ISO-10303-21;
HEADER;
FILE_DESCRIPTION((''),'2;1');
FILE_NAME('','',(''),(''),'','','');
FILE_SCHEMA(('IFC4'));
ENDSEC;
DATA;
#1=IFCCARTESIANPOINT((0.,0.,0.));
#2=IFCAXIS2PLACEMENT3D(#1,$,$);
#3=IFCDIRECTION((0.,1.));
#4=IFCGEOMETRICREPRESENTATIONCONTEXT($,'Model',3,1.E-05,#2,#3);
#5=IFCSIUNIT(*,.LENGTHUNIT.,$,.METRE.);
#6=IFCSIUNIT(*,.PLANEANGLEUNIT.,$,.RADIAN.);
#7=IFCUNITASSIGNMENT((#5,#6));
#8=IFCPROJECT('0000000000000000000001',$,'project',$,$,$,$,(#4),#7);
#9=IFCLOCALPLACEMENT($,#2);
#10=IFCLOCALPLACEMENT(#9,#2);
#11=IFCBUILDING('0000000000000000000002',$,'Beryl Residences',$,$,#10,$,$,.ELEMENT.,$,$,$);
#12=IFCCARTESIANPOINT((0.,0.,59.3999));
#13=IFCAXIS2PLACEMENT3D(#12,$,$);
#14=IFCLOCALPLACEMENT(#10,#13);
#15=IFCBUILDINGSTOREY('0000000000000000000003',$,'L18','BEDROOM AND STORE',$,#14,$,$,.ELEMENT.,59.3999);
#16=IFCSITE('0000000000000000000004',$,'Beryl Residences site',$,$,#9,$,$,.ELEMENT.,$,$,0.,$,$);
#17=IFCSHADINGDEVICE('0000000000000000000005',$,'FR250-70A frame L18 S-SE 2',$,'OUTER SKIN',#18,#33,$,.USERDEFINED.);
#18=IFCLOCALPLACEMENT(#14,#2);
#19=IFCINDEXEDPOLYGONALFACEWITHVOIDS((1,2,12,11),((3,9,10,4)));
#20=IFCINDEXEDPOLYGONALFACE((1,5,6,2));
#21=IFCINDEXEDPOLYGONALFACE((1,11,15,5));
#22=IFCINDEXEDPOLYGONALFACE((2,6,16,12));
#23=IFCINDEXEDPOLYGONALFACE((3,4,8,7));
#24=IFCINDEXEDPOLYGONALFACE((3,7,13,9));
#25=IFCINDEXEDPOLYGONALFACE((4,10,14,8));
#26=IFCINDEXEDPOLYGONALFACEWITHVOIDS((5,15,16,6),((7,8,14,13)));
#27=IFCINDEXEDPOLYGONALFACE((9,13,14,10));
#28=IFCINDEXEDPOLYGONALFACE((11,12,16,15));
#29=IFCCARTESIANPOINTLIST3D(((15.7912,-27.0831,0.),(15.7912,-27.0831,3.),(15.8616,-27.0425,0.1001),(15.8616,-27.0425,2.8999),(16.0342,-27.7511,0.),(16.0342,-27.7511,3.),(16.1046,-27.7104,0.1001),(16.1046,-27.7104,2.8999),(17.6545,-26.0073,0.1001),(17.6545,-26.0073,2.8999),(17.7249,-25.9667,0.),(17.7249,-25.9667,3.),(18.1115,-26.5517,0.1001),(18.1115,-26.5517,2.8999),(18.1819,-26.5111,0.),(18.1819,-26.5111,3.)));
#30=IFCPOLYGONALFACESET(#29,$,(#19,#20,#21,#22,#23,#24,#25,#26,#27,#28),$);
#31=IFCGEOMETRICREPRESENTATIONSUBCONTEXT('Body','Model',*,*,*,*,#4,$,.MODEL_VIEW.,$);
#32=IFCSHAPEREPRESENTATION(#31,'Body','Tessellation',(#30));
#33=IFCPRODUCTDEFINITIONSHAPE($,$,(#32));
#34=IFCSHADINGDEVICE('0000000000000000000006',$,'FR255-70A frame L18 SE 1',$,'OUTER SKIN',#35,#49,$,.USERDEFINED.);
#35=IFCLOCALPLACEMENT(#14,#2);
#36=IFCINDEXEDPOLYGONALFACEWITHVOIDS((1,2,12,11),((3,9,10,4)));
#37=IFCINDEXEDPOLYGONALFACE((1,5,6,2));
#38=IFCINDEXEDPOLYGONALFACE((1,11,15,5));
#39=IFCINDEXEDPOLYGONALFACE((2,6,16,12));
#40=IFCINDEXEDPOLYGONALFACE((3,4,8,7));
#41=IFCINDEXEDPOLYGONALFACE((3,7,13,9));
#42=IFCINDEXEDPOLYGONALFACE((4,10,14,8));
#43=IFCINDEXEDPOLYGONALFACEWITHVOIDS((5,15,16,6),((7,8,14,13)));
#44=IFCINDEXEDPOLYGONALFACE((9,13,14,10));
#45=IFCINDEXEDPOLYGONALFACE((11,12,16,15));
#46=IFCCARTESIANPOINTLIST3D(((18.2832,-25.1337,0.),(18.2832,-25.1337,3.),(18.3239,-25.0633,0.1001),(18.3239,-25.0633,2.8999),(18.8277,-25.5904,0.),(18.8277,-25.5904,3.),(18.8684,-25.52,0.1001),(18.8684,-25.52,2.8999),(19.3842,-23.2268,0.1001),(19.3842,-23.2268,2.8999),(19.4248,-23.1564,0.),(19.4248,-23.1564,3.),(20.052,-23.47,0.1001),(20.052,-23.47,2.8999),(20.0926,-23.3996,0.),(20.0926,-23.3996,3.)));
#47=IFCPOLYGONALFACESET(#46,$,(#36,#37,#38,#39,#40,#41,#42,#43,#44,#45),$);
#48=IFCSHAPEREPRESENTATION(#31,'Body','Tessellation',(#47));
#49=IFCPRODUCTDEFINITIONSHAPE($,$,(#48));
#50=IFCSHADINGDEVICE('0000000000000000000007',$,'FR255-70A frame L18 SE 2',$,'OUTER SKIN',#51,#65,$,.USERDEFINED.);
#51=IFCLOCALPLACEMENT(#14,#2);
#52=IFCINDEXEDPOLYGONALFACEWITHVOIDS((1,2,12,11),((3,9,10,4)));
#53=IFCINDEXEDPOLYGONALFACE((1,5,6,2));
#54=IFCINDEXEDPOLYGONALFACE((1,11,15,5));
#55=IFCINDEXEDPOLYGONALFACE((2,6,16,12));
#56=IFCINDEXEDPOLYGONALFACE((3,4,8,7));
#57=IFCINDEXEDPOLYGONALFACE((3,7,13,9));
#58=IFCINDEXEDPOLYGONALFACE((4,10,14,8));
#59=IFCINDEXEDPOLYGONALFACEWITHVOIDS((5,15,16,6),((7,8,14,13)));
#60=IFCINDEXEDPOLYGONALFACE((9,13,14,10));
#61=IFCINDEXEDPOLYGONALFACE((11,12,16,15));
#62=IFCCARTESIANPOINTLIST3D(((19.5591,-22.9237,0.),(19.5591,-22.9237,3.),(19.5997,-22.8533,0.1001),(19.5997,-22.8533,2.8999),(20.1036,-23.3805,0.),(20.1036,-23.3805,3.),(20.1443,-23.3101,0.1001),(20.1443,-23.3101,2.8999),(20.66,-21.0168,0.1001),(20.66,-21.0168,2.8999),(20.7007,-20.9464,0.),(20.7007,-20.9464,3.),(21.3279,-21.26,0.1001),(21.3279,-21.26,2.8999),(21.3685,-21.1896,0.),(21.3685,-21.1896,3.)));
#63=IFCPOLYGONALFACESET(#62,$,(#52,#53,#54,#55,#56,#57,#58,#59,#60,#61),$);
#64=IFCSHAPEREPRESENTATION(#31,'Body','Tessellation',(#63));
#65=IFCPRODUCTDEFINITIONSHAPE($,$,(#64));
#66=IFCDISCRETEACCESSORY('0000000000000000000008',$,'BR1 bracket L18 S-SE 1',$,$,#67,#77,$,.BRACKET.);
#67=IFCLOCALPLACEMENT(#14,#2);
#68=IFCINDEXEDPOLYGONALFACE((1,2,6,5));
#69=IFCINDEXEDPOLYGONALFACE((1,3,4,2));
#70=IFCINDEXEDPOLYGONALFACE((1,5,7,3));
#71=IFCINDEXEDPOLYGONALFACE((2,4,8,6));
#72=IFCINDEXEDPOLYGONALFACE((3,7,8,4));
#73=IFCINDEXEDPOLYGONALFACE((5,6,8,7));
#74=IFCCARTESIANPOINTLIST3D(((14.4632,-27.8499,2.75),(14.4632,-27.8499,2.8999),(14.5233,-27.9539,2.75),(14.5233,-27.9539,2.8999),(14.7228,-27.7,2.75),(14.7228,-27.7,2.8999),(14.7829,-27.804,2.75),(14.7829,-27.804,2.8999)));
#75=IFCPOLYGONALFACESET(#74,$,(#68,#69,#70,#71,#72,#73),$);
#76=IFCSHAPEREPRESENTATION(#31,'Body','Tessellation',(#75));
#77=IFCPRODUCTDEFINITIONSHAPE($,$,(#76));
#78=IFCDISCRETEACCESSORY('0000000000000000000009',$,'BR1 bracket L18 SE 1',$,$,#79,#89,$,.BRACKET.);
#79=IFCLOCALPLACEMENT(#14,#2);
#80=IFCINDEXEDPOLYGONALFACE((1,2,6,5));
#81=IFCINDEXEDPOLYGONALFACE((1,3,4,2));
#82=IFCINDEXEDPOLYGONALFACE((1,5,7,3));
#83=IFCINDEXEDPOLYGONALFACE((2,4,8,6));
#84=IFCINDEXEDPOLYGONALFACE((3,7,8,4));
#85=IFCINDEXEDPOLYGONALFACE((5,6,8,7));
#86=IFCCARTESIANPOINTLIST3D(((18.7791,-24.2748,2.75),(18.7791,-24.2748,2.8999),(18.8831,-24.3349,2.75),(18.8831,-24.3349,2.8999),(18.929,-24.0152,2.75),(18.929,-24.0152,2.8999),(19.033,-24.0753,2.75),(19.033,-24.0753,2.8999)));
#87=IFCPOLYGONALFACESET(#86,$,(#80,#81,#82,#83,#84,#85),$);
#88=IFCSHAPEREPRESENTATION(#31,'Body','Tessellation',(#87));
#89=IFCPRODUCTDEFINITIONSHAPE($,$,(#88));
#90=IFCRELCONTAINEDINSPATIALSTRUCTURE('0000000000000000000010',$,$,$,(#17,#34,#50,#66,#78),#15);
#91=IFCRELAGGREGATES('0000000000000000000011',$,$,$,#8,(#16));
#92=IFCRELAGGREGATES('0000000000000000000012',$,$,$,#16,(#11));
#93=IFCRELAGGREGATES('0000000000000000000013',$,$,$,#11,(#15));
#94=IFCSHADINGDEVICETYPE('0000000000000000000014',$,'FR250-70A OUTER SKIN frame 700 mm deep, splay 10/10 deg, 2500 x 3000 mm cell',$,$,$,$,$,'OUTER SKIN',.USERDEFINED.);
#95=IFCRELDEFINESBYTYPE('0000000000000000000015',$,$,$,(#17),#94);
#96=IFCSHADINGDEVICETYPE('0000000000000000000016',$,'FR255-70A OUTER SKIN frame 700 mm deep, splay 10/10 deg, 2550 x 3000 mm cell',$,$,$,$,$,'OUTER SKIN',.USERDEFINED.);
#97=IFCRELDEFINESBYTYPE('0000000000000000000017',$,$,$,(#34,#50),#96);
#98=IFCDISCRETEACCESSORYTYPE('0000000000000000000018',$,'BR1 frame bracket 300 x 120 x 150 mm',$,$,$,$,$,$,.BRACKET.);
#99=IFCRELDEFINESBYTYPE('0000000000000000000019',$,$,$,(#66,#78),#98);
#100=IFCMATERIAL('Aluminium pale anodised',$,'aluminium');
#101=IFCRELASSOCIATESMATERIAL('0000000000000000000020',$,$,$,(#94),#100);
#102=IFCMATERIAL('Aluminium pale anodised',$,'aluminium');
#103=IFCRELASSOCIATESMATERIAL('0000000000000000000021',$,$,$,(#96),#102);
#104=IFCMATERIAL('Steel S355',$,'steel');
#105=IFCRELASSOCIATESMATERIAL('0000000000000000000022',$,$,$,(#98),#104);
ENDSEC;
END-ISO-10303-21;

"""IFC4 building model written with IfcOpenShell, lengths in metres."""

from ifc_helpers import new_model, entity, si_unit, direction, frame, origin, place, context, subcontext, project, spatial, polyline, outline, extrude, source, transform, mapped, material, type_object, type_shapes, element, save


model = new_model("IFC4")

# Units and contexts
model_context = context("Model", 3, precision=1e-05, world=origin(), true_north=direction((0.0, 1.0)))
body_context = subcontext(model_context, "Body", "Model", "MODEL_VIEW")
ifc_project = project(units=[si_unit("LENGTHUNIT", "METRE"), si_unit("PLANEANGLEUNIT", "RADIAN")], contexts=[model_context])

# Site, building, storey
site_placement = place(None, origin())
site = spatial("IfcSite", under=ifc_project, at=site_placement, Name="Beryl Residences site", CompositionType="ELEMENT", RefElevation=0.0)
building_placement = place(site_placement, origin())
building = spatial("IfcBuilding", under=site, at=building_placement, Name="Beryl Residences", CompositionType="ELEMENT")
storey_placement = place(building_placement, frame((0.0, 0.0, 59.3999)))
storey = spatial("IfcBuildingStorey", under=building, at=storey_placement, Name="L18", Description="BEDROOM AND STORE", CompositionType="ELEMENT", Elevation=59.3999)

# Shading devices
ifc_material_1 = material(Name="Aluminium pale anodised", Category="aluminium")
shading_device_type_1 = type_object("IfcShadingDeviceType", Name="FR250-70A OUTER SKIN frame 700 mm deep, splay 10/10 deg, 2500 x 3000 mm cell", ElementType="OUTER SKIN", PredefinedType="USERDEFINED", material=ifc_material_1)
cartesian_point_1 = entity("IfcCartesianPoint", [-1.1165, 0.0])
cartesian_point_2 = entity("IfcCartesianPoint", [-1.0352, 0.1001])
cartesian_point_3 = entity("IfcCartesianPoint", [-1.24, 0.0])
cartesian_point_4 = entity("IfcCartesianPoint", [-1.1587, 0.1001])
shared_shape_1 = source(origin(), body_context, "Body", "SweptSolid", [
    entity("IfcExtrudedAreaSolidTapered", entity("IfcArbitraryProfileDefWithVoids", "AREA", None, entity("IfcPolyline", [cartesian_point_1, entity("IfcCartesianPoint", [1.1165, 0.0]), entity("IfcCartesianPoint", [1.1165, 3.0]), entity("IfcCartesianPoint", [-1.1165, 3.0]), cartesian_point_1]), [entity("IfcPolyline", [cartesian_point_2, entity("IfcCartesianPoint", [1.0352, 0.1001]), entity("IfcCartesianPoint", [1.0352, 2.8999]), entity("IfcCartesianPoint", [-1.0352, 2.8999]), cartesian_point_2])]), entity("IfcAxis2Placement3D", entity("IfcCartesianPoint", [0.0, 0.0, 0.0]), entity("IfcDirection", [0.0, 1.0, 0.0]), entity("IfcDirection", [-1.0, 0.0, 0.0])), entity("IfcDirection", [0.0, 0.0, 1.0]), 0.7, entity("IfcArbitraryProfileDefWithVoids", "AREA", None, entity("IfcPolyline", [cartesian_point_3, entity("IfcCartesianPoint", [1.24, 0.0]), entity("IfcCartesianPoint", [1.24, 3.0]), entity("IfcCartesianPoint", [-1.24, 3.0]), cartesian_point_3]), [entity("IfcPolyline", [cartesian_point_4, entity("IfcCartesianPoint", [1.1587, 0.1001]), entity("IfcCartesianPoint", [1.1587, 2.8999]), entity("IfcCartesianPoint", [-1.1587, 2.8999]), cartesian_point_4])])),
])
type_shapes(shading_device_type_1, [shared_shape_1])
for number, where, z_axis, x_axis, name in (
    (1, (16.7581, -26.5249, 0.0), (0.0, 0.0, 1.0), (-0.866025, -0.5, 0.0), "FR250-70A frame L18 S-SE 2"),
):
    element("IfcShadingDevice", number, at=place(storey_placement, frame(where, z_axis=z_axis, x_axis=x_axis)), inside=storey, type_object=shading_device_type_1, Name=name, ObjectType="OUTER SKIN", PredefinedType="USERDEFINED", context=body_context, shape_type="MappedRepresentation", body=[
        mapped(shared_shape_1, transform((0.0, 0.0, 0.0))),
    ])
ifc_material_2 = material(Name="Aluminium pale anodised", Category="aluminium")
shading_device_type_2 = type_object("IfcShadingDeviceType", Name="FR255-70A OUTER SKIN frame 700 mm deep, splay 10/10 deg, 2550 x 3000 mm cell", ElementType="OUTER SKIN", PredefinedType="USERDEFINED", material=ifc_material_2)
cartesian_point_5 = entity("IfcCartesianPoint", [-1.1416, 0.0])
cartesian_point_6 = entity("IfcCartesianPoint", [-1.0603, 0.1001])
cartesian_point_7 = entity("IfcCartesianPoint", [-1.2649, 0.0])
cartesian_point_8 = entity("IfcCartesianPoint", [-1.1836, 0.1001])
shared_shape_2 = source(origin(), body_context, "Body", "SweptSolid", [
    entity("IfcExtrudedAreaSolidTapered", entity("IfcArbitraryProfileDefWithVoids", "AREA", None, entity("IfcPolyline", [cartesian_point_5, entity("IfcCartesianPoint", [1.1416, 0.0]), entity("IfcCartesianPoint", [1.1416, 3.0]), entity("IfcCartesianPoint", [-1.1416, 3.0]), cartesian_point_5]), [entity("IfcPolyline", [cartesian_point_6, entity("IfcCartesianPoint", [1.0603, 0.1001]), entity("IfcCartesianPoint", [1.0603, 2.8999]), entity("IfcCartesianPoint", [-1.0603, 2.8999]), cartesian_point_6])]), entity("IfcAxis2Placement3D", entity("IfcCartesianPoint", [0.0, 0.0, 0.0]), entity("IfcDirection", [0.0, 1.0, 0.0]), entity("IfcDirection", [-1.0, 0.0, 0.0])), entity("IfcDirection", [0.0, 0.0, 1.0]), 0.7, entity("IfcArbitraryProfileDefWithVoids", "AREA", None, entity("IfcPolyline", [cartesian_point_7, entity("IfcCartesianPoint", [1.2649, 0.0]), entity("IfcCartesianPoint", [1.2649, 3.0]), entity("IfcCartesianPoint", [-1.2649, 3.0]), cartesian_point_7]), [entity("IfcPolyline", [cartesian_point_8, entity("IfcCartesianPoint", [1.1836, 0.1001]), entity("IfcCartesianPoint", [1.1836, 2.8999]), entity("IfcCartesianPoint", [-1.1836, 2.8999]), cartesian_point_8])])),
])
type_shapes(shading_device_type_2, [shared_shape_2])
for number, where, z_axis, x_axis, name in (
    (2, (18.854, -24.145, 0.0), (0.0, 0.0, 1.0), (-0.5, -0.866025, 0.0), "FR255-70A frame L18 SE 1"),
    (3, (20.1299, -21.9351, 0.0), (0.0, 0.0, 1.0), (-0.5, -0.866025, 0.0), "FR255-70A frame L18 SE 2"),
):
    element("IfcShadingDevice", number, at=place(storey_placement, frame(where, z_axis=z_axis, x_axis=x_axis)), inside=storey, type_object=shading_device_type_2, Name=name, ObjectType="OUTER SKIN", PredefinedType="USERDEFINED", context=body_context, shape_type="MappedRepresentation", body=[
        mapped(shared_shape_2, transform((0.0, 0.0, 0.0))),
    ])

# Discrete accessories
ifc_material_3 = material(Name="Steel S355", Category="steel")
discrete_accessory_type = type_object("IfcDiscreteAccessoryType", Name="BR1 frame bracket 300 x 120 x 150 mm", PredefinedType="BRACKET", material=ifc_material_3)
shared_shape_3 = source(origin(), body_context, "Body", "SweptSolid", [
    extrude(outline(polyline([(-0.1499, 0.0), (0.1499, 0.0), (0.1499, 0.1201), (-0.1499, 0.1201), (-0.1499, 0.0)])), origin(), (0.0, 0.0, 1.0), 0.1499),
])
type_shapes(discrete_accessory_type, [shared_shape_3])
for number, where, z_axis, x_axis, name in (
    (4, (14.593, -27.7749, 2.75), (0.0, 0.0, 1.0), (-0.866025, -0.5, 0.0), "BR1 bracket L18 S-SE 1"),
    (5, (18.854, -24.145, 2.75), (0.0, 0.0, 1.0), (-0.5, -0.866025, 0.0), "BR1 bracket L18 SE 1"),
):
    element("IfcDiscreteAccessory", number, at=place(storey_placement, frame(where, z_axis=z_axis, x_axis=x_axis)), inside=storey, type_object=discrete_accessory_type, Name=name, PredefinedType="BRACKET", context=body_context, shape_type="MappedRepresentation", body=[
        mapped(shared_shape_3, transform((0.0, 0.0, 0.0))),
    ])

save(model, "model.ifc")
